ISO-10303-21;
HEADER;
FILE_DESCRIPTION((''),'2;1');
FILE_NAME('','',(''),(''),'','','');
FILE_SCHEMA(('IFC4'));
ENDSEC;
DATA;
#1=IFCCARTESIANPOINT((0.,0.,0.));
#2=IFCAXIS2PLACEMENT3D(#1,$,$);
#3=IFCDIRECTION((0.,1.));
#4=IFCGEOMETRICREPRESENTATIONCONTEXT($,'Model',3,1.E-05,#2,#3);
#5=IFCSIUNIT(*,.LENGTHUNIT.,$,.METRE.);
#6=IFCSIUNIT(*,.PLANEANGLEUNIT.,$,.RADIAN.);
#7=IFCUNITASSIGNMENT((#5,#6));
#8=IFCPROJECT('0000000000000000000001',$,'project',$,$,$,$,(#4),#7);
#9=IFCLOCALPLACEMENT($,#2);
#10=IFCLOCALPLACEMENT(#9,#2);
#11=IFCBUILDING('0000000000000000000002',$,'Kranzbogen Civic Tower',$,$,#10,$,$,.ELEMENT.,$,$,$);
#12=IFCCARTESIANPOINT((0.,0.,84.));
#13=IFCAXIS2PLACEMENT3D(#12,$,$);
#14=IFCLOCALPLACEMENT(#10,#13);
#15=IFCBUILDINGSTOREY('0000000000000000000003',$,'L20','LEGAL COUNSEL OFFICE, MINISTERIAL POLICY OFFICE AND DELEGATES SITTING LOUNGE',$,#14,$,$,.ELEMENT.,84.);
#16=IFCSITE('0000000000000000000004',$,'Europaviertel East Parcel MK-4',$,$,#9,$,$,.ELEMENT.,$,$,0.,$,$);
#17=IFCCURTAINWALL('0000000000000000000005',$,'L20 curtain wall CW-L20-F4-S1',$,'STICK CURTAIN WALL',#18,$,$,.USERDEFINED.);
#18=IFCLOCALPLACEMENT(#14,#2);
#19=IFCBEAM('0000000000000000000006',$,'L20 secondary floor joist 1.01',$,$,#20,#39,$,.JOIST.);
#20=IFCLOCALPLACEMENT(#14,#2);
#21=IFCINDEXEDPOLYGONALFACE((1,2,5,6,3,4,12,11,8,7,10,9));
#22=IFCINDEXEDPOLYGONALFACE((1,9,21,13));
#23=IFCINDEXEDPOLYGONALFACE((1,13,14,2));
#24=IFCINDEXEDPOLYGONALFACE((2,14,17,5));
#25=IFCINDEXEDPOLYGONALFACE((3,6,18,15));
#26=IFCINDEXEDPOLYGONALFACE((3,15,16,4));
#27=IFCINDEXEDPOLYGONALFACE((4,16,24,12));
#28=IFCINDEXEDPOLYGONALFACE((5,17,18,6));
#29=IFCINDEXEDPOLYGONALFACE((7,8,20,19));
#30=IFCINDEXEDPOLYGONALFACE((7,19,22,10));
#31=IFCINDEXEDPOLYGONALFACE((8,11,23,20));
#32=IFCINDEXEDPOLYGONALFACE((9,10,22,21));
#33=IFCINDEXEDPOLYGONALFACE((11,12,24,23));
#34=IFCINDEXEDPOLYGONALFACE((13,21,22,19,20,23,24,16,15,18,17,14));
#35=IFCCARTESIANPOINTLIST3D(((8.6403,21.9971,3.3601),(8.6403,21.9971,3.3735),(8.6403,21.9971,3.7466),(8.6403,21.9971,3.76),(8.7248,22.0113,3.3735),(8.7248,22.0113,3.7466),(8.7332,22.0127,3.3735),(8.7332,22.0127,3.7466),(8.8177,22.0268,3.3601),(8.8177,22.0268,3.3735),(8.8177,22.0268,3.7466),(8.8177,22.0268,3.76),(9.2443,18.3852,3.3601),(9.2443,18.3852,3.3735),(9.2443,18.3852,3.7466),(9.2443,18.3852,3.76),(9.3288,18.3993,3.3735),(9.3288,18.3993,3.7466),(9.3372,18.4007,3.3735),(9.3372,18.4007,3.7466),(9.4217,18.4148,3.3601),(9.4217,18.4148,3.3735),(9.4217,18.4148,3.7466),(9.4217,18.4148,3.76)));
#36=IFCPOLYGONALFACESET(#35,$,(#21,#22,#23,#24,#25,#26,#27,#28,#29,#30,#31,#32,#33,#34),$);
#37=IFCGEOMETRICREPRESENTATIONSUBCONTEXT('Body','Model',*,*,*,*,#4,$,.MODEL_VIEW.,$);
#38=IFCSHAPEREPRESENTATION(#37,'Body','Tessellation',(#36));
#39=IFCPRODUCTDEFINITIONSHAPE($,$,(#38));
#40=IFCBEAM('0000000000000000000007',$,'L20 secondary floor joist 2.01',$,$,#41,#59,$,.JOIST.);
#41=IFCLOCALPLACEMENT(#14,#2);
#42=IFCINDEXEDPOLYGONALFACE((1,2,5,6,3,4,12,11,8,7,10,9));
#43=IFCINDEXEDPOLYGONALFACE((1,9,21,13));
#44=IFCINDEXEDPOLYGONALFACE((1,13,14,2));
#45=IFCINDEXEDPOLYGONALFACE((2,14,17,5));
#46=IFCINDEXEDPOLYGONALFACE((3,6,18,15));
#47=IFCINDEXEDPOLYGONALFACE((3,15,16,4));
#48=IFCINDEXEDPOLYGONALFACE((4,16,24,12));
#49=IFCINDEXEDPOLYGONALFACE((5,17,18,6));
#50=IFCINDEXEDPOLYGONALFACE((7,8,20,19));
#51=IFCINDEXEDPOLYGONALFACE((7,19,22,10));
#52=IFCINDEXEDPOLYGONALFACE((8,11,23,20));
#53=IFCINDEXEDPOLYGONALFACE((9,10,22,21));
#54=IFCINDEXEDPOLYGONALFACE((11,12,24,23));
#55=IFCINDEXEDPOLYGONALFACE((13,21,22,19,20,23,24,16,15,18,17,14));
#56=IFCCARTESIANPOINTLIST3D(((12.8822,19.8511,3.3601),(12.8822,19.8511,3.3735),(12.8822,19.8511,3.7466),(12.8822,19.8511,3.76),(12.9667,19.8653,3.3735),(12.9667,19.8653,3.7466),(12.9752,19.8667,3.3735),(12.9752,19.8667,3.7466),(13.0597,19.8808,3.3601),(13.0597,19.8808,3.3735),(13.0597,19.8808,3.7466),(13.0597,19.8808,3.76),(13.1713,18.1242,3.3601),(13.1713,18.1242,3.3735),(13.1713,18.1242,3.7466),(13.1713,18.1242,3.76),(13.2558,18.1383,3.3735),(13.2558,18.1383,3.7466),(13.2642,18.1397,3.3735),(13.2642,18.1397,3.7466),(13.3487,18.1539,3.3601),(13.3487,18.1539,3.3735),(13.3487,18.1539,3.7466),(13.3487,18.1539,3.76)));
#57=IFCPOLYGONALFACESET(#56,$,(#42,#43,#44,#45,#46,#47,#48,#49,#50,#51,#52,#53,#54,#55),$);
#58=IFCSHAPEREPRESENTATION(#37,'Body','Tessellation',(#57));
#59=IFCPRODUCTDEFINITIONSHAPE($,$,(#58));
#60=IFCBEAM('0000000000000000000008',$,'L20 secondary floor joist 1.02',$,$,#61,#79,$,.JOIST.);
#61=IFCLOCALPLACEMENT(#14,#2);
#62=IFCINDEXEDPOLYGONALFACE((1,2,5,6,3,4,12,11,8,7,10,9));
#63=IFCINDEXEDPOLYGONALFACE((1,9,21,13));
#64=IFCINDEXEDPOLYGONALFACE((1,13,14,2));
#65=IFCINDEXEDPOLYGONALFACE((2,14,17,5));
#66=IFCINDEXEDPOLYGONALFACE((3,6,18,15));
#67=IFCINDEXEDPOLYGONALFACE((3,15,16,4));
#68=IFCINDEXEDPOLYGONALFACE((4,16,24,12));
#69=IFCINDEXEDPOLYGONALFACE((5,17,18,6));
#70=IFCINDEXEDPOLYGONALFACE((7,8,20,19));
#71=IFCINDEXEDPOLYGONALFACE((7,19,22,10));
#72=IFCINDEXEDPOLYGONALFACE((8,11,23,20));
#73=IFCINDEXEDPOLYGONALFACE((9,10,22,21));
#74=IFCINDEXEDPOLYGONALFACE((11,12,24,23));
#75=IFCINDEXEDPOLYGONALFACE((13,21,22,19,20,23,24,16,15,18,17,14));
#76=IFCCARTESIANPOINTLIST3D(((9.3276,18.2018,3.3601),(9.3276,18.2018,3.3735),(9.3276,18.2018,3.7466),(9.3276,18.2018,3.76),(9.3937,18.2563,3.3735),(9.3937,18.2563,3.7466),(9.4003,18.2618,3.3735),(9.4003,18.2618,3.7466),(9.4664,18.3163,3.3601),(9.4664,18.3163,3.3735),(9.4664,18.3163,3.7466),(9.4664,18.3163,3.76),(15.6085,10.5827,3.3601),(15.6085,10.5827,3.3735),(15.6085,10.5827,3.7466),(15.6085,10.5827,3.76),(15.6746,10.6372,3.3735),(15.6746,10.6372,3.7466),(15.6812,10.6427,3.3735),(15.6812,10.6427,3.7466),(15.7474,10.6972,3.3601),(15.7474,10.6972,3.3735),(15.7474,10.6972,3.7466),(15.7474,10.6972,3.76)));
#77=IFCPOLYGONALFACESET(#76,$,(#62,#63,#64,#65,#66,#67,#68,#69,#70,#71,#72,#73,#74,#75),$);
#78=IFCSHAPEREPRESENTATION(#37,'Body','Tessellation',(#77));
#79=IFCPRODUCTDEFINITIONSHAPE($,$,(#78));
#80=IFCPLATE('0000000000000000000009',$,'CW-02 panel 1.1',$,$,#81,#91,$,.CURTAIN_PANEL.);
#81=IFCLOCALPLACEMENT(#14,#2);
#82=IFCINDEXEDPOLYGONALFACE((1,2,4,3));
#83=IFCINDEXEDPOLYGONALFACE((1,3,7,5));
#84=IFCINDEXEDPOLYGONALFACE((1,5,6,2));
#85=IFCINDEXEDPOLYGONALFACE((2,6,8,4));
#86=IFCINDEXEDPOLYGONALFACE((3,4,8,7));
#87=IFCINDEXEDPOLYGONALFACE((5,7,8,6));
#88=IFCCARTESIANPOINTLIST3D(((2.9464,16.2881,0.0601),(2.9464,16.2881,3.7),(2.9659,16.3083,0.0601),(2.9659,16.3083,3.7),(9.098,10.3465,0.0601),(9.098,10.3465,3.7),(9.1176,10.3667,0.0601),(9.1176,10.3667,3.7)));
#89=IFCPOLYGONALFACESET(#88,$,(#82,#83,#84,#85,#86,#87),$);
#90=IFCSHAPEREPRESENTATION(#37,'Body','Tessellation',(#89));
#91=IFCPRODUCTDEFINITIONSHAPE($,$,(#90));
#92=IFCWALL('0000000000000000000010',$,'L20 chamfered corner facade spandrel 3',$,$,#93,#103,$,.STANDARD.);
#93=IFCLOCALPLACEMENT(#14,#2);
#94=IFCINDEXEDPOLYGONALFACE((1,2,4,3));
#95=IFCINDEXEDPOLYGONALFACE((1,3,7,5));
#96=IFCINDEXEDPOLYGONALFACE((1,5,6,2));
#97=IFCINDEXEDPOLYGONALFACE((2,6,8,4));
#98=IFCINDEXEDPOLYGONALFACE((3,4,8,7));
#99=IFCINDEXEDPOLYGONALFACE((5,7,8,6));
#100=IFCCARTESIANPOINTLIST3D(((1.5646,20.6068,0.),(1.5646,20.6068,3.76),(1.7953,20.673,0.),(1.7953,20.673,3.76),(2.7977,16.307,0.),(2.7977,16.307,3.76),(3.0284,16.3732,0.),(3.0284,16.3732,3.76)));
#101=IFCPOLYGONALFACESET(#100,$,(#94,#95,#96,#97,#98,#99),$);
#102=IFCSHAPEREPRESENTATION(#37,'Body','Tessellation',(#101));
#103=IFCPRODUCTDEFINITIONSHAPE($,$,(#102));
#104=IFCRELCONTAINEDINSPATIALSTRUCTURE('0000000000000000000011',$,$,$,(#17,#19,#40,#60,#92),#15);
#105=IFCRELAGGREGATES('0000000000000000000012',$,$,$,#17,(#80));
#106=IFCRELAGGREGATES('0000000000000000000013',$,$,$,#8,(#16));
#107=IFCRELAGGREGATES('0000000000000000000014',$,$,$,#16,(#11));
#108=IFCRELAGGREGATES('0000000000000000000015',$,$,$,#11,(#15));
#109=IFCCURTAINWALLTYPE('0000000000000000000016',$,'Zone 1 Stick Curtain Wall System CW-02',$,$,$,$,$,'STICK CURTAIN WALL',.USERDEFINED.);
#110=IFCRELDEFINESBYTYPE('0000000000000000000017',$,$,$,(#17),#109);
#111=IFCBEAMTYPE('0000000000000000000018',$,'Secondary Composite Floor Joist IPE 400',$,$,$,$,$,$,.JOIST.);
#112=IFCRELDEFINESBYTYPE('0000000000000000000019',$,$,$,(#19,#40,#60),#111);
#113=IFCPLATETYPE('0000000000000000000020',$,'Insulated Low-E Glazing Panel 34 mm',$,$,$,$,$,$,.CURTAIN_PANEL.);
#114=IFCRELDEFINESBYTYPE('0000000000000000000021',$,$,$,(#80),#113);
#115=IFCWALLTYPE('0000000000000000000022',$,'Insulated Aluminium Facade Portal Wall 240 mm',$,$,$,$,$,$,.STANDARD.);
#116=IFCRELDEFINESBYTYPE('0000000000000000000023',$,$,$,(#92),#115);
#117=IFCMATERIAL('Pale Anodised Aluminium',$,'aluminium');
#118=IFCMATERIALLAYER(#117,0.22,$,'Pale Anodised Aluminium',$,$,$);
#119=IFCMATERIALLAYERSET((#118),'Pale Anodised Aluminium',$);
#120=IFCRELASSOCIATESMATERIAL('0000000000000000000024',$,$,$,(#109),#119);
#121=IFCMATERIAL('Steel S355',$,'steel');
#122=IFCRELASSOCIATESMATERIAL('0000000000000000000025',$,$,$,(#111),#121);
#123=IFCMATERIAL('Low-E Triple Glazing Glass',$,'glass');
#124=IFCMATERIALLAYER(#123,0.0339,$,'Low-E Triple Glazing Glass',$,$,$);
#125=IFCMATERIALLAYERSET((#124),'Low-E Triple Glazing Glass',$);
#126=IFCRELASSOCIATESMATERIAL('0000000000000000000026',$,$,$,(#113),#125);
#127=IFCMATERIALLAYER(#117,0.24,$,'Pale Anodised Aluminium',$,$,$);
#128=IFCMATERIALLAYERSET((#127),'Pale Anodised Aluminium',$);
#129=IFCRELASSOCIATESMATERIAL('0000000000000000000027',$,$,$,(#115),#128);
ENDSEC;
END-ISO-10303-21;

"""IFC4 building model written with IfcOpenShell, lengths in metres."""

from ifc_helpers import new_model, si_unit, direction, frame, frame_2d, origin, origin_2d, place, context, subcontext, project, spatial, rectangle, i_section, extrude, material, layer, layer_set, material_profile, profile_set, type_object, element, aggregate, save


model = new_model("IFC4")

# Units and contexts
model_context = context("Model", 3, precision=1e-05, world=origin(), true_north=direction((0.0, 1.0)))
body_context = subcontext(model_context, "Body", "Model", "MODEL_VIEW")
ifc_project = project(units=[si_unit("LENGTHUNIT", "METRE"), si_unit("PLANEANGLEUNIT", "RADIAN")], contexts=[model_context])

# Site, building, storey
site_placement = place(None, origin())
site = spatial("IfcSite", under=ifc_project, at=site_placement, Name="Europaviertel East Parcel MK-4", CompositionType="ELEMENT", RefElevation=0.0)
building_placement = place(site_placement, origin())
building = spatial("IfcBuilding", under=site, at=building_placement, Name="Kranzbogen Civic Tower", CompositionType="ELEMENT")
storey_placement = place(building_placement, frame((0.0, 0.0, 84.0)))
storey = spatial("IfcBuildingStorey", under=building, at=storey_placement, Name="L20", Description="LEGAL COUNSEL OFFICE, MINISTERIAL POLICY OFFICE AND DELEGATES SITTING LOUNGE", CompositionType="ELEMENT", Elevation=84.0)

# Shared definitions
ifc_material_1 = material(Name="Steel S355", Category="steel")

# Shared definitions
ifc_material_2 = material(Name="Pale Anodised Aluminium", Category="aluminium")
ifc_layer_1 = layer(ifc_material_2, 0.22, Name="Pale Anodised Aluminium")
ifc_layer_set_1 = layer_set([ifc_layer_1], Name="Pale Anodised Aluminium")
curtain_wall_type = type_object("IfcCurtainWallType", Name="Zone 1 Stick Curtain Wall System CW-02", ElementType="STICK CURTAIN WALL", PredefinedType="USERDEFINED", material=ifc_layer_set_1)

# Curtain wall
curtain_wall_1_placement = place(storey_placement, origin())
curtain_wall_1 = element("IfcCurtainWall", 1, at=curtain_wall_1_placement, inside=storey, type_object=curtain_wall_type, Name="L20 curtain wall CW-L20-F4-S1", ObjectType="STICK CURTAIN WALL", PredefinedType="USERDEFINED")

# Beams
ifc_material_profile_1 = material_profile(ifc_material_1, i_section(OverallWidth=0.1799, OverallDepth=0.3999, WebThickness=0.0085, FlangeThickness=0.0134, at=origin_2d()), Name="IPE 400")
ifc_profile_set_1 = profile_set([ifc_material_profile_1], Name="Steel S355")
beam_type_1 = type_object("IfcBeamType", Name="Secondary Composite Floor Joist IPE 400", PredefinedType="JOIST", material=ifc_profile_set_1)
beam_1_placement = place(storey_placement, frame((8.729, 22.012, 3.5601), z_axis=(0.164929, -0.986305, 0.0), x_axis=(0.986305, 0.164929, 0.0)))
element("IfcBeam", 2, at=beam_1_placement, inside=storey, type_object=beam_type_1, Name="L20 secondary floor joist 1.01", PredefinedType="JOIST", context=body_context, shape_type="SweptSolid", body=[
    extrude(i_section(OverallWidth=0.1799, OverallDepth=0.3999, WebThickness=0.0085, FlangeThickness=0.0134, at=origin_2d()), origin(), (0.0, 0.0, 1.0), 3.6621),
])
beam_2_placement = place(storey_placement, frame((12.9709, 19.866, 3.5601), z_axis=(0.165077, -0.986281, 0.0), x_axis=(0.986281, 0.165077, 0.0)))
element("IfcBeam", 3, at=beam_2_placement, inside=storey, type_object=beam_type_1, Name="L20 secondary floor joist 2.01", PredefinedType="JOIST", context=body_context, shape_type="SweptSolid", body=[
    extrude(i_section(OverallWidth=0.1799, OverallDepth=0.3999, WebThickness=0.0085, FlangeThickness=0.0134, at=origin_2d()), origin(), (0.0, 0.0, 1.0), 1.751),
])
beam_3_placement = place(storey_placement, frame((9.397, 18.259, 3.5601), z_axis=(0.636095, -0.771611, 0.0), x_axis=(0.771611, 0.636095, 0.0)))
element("IfcBeam", 4, at=beam_3_placement, inside=storey, type_object=beam_type_1, Name="L20 secondary floor joist 1.02", PredefinedType="JOIST", context=body_context, shape_type="SweptSolid", body=[
    extrude(i_section(OverallWidth=0.1799, OverallDepth=0.3999, WebThickness=0.0085, FlangeThickness=0.0134, at=origin_2d()), origin(), (0.0, 0.0, 1.0), 9.8743),
])

# Plate
ifc_material_3 = material(Name="Low-E Triple Glazing Glass", Category="glass")
ifc_layer_2 = layer(ifc_material_3, 0.0339, Name="Low-E Triple Glazing Glass")
ifc_layer_set_2 = layer_set([ifc_layer_2], Name="Low-E Triple Glazing Glass")
plate_type = type_object("IfcPlateType", Name="Insulated Low-E Glazing Panel 34 mm", PredefinedType="CURTAIN_PANEL", material=ifc_layer_set_2)
plate_placement = place(storey_placement, frame((6.032, 13.3274, 0.0601), z_axis=(0.0, 0.0, 1.0), x_axis=(0.71928, -0.69472, 0.0)))
plate = element("IfcPlate", 5, at=plate_placement, type_object=plate_type, Name="CW-02 panel 1.1", PredefinedType="CURTAIN_PANEL", context=body_context, shape_type="SweptSolid", body=[
    extrude(rectangle(XDim=8.5525, YDim=0.0281, at=origin_2d()), origin(), (0.0, 0.0, 1.0), 3.6399),
])
aggregate(curtain_wall_1, [plate])

# Wall
ifc_layer_3 = layer(ifc_material_2, 0.24, Name="Pale Anodised Aluminium")
ifc_layer_set_3 = layer_set([ifc_layer_3], Name="Pale Anodised Aluminium")
wall_type = type_object("IfcWallType", Name="Insulated Aluminium Facade Portal Wall 240 mm", PredefinedType="STANDARD", material=ifc_layer_set_3)
wall_placement = place(storey_placement, frame((1.6799, 20.6399, 0.0), z_axis=(0.0, 0.0, 1.0), x_axis=(0.27568, -0.96125, 0.0)))
element("IfcWall", 6, at=wall_placement, inside=storey, type_object=wall_type, Name="L20 chamfered corner facade spandrel 3", PredefinedType="STANDARD", context=body_context, shape_type="SweptSolid", body=[
    extrude(rectangle(XDim=4.4731, YDim=0.24, at=frame_2d((2.2366, 0.0))), origin(), (0.0, 0.0, 1.0), 3.76),
])

save(model, "model.ifc")
